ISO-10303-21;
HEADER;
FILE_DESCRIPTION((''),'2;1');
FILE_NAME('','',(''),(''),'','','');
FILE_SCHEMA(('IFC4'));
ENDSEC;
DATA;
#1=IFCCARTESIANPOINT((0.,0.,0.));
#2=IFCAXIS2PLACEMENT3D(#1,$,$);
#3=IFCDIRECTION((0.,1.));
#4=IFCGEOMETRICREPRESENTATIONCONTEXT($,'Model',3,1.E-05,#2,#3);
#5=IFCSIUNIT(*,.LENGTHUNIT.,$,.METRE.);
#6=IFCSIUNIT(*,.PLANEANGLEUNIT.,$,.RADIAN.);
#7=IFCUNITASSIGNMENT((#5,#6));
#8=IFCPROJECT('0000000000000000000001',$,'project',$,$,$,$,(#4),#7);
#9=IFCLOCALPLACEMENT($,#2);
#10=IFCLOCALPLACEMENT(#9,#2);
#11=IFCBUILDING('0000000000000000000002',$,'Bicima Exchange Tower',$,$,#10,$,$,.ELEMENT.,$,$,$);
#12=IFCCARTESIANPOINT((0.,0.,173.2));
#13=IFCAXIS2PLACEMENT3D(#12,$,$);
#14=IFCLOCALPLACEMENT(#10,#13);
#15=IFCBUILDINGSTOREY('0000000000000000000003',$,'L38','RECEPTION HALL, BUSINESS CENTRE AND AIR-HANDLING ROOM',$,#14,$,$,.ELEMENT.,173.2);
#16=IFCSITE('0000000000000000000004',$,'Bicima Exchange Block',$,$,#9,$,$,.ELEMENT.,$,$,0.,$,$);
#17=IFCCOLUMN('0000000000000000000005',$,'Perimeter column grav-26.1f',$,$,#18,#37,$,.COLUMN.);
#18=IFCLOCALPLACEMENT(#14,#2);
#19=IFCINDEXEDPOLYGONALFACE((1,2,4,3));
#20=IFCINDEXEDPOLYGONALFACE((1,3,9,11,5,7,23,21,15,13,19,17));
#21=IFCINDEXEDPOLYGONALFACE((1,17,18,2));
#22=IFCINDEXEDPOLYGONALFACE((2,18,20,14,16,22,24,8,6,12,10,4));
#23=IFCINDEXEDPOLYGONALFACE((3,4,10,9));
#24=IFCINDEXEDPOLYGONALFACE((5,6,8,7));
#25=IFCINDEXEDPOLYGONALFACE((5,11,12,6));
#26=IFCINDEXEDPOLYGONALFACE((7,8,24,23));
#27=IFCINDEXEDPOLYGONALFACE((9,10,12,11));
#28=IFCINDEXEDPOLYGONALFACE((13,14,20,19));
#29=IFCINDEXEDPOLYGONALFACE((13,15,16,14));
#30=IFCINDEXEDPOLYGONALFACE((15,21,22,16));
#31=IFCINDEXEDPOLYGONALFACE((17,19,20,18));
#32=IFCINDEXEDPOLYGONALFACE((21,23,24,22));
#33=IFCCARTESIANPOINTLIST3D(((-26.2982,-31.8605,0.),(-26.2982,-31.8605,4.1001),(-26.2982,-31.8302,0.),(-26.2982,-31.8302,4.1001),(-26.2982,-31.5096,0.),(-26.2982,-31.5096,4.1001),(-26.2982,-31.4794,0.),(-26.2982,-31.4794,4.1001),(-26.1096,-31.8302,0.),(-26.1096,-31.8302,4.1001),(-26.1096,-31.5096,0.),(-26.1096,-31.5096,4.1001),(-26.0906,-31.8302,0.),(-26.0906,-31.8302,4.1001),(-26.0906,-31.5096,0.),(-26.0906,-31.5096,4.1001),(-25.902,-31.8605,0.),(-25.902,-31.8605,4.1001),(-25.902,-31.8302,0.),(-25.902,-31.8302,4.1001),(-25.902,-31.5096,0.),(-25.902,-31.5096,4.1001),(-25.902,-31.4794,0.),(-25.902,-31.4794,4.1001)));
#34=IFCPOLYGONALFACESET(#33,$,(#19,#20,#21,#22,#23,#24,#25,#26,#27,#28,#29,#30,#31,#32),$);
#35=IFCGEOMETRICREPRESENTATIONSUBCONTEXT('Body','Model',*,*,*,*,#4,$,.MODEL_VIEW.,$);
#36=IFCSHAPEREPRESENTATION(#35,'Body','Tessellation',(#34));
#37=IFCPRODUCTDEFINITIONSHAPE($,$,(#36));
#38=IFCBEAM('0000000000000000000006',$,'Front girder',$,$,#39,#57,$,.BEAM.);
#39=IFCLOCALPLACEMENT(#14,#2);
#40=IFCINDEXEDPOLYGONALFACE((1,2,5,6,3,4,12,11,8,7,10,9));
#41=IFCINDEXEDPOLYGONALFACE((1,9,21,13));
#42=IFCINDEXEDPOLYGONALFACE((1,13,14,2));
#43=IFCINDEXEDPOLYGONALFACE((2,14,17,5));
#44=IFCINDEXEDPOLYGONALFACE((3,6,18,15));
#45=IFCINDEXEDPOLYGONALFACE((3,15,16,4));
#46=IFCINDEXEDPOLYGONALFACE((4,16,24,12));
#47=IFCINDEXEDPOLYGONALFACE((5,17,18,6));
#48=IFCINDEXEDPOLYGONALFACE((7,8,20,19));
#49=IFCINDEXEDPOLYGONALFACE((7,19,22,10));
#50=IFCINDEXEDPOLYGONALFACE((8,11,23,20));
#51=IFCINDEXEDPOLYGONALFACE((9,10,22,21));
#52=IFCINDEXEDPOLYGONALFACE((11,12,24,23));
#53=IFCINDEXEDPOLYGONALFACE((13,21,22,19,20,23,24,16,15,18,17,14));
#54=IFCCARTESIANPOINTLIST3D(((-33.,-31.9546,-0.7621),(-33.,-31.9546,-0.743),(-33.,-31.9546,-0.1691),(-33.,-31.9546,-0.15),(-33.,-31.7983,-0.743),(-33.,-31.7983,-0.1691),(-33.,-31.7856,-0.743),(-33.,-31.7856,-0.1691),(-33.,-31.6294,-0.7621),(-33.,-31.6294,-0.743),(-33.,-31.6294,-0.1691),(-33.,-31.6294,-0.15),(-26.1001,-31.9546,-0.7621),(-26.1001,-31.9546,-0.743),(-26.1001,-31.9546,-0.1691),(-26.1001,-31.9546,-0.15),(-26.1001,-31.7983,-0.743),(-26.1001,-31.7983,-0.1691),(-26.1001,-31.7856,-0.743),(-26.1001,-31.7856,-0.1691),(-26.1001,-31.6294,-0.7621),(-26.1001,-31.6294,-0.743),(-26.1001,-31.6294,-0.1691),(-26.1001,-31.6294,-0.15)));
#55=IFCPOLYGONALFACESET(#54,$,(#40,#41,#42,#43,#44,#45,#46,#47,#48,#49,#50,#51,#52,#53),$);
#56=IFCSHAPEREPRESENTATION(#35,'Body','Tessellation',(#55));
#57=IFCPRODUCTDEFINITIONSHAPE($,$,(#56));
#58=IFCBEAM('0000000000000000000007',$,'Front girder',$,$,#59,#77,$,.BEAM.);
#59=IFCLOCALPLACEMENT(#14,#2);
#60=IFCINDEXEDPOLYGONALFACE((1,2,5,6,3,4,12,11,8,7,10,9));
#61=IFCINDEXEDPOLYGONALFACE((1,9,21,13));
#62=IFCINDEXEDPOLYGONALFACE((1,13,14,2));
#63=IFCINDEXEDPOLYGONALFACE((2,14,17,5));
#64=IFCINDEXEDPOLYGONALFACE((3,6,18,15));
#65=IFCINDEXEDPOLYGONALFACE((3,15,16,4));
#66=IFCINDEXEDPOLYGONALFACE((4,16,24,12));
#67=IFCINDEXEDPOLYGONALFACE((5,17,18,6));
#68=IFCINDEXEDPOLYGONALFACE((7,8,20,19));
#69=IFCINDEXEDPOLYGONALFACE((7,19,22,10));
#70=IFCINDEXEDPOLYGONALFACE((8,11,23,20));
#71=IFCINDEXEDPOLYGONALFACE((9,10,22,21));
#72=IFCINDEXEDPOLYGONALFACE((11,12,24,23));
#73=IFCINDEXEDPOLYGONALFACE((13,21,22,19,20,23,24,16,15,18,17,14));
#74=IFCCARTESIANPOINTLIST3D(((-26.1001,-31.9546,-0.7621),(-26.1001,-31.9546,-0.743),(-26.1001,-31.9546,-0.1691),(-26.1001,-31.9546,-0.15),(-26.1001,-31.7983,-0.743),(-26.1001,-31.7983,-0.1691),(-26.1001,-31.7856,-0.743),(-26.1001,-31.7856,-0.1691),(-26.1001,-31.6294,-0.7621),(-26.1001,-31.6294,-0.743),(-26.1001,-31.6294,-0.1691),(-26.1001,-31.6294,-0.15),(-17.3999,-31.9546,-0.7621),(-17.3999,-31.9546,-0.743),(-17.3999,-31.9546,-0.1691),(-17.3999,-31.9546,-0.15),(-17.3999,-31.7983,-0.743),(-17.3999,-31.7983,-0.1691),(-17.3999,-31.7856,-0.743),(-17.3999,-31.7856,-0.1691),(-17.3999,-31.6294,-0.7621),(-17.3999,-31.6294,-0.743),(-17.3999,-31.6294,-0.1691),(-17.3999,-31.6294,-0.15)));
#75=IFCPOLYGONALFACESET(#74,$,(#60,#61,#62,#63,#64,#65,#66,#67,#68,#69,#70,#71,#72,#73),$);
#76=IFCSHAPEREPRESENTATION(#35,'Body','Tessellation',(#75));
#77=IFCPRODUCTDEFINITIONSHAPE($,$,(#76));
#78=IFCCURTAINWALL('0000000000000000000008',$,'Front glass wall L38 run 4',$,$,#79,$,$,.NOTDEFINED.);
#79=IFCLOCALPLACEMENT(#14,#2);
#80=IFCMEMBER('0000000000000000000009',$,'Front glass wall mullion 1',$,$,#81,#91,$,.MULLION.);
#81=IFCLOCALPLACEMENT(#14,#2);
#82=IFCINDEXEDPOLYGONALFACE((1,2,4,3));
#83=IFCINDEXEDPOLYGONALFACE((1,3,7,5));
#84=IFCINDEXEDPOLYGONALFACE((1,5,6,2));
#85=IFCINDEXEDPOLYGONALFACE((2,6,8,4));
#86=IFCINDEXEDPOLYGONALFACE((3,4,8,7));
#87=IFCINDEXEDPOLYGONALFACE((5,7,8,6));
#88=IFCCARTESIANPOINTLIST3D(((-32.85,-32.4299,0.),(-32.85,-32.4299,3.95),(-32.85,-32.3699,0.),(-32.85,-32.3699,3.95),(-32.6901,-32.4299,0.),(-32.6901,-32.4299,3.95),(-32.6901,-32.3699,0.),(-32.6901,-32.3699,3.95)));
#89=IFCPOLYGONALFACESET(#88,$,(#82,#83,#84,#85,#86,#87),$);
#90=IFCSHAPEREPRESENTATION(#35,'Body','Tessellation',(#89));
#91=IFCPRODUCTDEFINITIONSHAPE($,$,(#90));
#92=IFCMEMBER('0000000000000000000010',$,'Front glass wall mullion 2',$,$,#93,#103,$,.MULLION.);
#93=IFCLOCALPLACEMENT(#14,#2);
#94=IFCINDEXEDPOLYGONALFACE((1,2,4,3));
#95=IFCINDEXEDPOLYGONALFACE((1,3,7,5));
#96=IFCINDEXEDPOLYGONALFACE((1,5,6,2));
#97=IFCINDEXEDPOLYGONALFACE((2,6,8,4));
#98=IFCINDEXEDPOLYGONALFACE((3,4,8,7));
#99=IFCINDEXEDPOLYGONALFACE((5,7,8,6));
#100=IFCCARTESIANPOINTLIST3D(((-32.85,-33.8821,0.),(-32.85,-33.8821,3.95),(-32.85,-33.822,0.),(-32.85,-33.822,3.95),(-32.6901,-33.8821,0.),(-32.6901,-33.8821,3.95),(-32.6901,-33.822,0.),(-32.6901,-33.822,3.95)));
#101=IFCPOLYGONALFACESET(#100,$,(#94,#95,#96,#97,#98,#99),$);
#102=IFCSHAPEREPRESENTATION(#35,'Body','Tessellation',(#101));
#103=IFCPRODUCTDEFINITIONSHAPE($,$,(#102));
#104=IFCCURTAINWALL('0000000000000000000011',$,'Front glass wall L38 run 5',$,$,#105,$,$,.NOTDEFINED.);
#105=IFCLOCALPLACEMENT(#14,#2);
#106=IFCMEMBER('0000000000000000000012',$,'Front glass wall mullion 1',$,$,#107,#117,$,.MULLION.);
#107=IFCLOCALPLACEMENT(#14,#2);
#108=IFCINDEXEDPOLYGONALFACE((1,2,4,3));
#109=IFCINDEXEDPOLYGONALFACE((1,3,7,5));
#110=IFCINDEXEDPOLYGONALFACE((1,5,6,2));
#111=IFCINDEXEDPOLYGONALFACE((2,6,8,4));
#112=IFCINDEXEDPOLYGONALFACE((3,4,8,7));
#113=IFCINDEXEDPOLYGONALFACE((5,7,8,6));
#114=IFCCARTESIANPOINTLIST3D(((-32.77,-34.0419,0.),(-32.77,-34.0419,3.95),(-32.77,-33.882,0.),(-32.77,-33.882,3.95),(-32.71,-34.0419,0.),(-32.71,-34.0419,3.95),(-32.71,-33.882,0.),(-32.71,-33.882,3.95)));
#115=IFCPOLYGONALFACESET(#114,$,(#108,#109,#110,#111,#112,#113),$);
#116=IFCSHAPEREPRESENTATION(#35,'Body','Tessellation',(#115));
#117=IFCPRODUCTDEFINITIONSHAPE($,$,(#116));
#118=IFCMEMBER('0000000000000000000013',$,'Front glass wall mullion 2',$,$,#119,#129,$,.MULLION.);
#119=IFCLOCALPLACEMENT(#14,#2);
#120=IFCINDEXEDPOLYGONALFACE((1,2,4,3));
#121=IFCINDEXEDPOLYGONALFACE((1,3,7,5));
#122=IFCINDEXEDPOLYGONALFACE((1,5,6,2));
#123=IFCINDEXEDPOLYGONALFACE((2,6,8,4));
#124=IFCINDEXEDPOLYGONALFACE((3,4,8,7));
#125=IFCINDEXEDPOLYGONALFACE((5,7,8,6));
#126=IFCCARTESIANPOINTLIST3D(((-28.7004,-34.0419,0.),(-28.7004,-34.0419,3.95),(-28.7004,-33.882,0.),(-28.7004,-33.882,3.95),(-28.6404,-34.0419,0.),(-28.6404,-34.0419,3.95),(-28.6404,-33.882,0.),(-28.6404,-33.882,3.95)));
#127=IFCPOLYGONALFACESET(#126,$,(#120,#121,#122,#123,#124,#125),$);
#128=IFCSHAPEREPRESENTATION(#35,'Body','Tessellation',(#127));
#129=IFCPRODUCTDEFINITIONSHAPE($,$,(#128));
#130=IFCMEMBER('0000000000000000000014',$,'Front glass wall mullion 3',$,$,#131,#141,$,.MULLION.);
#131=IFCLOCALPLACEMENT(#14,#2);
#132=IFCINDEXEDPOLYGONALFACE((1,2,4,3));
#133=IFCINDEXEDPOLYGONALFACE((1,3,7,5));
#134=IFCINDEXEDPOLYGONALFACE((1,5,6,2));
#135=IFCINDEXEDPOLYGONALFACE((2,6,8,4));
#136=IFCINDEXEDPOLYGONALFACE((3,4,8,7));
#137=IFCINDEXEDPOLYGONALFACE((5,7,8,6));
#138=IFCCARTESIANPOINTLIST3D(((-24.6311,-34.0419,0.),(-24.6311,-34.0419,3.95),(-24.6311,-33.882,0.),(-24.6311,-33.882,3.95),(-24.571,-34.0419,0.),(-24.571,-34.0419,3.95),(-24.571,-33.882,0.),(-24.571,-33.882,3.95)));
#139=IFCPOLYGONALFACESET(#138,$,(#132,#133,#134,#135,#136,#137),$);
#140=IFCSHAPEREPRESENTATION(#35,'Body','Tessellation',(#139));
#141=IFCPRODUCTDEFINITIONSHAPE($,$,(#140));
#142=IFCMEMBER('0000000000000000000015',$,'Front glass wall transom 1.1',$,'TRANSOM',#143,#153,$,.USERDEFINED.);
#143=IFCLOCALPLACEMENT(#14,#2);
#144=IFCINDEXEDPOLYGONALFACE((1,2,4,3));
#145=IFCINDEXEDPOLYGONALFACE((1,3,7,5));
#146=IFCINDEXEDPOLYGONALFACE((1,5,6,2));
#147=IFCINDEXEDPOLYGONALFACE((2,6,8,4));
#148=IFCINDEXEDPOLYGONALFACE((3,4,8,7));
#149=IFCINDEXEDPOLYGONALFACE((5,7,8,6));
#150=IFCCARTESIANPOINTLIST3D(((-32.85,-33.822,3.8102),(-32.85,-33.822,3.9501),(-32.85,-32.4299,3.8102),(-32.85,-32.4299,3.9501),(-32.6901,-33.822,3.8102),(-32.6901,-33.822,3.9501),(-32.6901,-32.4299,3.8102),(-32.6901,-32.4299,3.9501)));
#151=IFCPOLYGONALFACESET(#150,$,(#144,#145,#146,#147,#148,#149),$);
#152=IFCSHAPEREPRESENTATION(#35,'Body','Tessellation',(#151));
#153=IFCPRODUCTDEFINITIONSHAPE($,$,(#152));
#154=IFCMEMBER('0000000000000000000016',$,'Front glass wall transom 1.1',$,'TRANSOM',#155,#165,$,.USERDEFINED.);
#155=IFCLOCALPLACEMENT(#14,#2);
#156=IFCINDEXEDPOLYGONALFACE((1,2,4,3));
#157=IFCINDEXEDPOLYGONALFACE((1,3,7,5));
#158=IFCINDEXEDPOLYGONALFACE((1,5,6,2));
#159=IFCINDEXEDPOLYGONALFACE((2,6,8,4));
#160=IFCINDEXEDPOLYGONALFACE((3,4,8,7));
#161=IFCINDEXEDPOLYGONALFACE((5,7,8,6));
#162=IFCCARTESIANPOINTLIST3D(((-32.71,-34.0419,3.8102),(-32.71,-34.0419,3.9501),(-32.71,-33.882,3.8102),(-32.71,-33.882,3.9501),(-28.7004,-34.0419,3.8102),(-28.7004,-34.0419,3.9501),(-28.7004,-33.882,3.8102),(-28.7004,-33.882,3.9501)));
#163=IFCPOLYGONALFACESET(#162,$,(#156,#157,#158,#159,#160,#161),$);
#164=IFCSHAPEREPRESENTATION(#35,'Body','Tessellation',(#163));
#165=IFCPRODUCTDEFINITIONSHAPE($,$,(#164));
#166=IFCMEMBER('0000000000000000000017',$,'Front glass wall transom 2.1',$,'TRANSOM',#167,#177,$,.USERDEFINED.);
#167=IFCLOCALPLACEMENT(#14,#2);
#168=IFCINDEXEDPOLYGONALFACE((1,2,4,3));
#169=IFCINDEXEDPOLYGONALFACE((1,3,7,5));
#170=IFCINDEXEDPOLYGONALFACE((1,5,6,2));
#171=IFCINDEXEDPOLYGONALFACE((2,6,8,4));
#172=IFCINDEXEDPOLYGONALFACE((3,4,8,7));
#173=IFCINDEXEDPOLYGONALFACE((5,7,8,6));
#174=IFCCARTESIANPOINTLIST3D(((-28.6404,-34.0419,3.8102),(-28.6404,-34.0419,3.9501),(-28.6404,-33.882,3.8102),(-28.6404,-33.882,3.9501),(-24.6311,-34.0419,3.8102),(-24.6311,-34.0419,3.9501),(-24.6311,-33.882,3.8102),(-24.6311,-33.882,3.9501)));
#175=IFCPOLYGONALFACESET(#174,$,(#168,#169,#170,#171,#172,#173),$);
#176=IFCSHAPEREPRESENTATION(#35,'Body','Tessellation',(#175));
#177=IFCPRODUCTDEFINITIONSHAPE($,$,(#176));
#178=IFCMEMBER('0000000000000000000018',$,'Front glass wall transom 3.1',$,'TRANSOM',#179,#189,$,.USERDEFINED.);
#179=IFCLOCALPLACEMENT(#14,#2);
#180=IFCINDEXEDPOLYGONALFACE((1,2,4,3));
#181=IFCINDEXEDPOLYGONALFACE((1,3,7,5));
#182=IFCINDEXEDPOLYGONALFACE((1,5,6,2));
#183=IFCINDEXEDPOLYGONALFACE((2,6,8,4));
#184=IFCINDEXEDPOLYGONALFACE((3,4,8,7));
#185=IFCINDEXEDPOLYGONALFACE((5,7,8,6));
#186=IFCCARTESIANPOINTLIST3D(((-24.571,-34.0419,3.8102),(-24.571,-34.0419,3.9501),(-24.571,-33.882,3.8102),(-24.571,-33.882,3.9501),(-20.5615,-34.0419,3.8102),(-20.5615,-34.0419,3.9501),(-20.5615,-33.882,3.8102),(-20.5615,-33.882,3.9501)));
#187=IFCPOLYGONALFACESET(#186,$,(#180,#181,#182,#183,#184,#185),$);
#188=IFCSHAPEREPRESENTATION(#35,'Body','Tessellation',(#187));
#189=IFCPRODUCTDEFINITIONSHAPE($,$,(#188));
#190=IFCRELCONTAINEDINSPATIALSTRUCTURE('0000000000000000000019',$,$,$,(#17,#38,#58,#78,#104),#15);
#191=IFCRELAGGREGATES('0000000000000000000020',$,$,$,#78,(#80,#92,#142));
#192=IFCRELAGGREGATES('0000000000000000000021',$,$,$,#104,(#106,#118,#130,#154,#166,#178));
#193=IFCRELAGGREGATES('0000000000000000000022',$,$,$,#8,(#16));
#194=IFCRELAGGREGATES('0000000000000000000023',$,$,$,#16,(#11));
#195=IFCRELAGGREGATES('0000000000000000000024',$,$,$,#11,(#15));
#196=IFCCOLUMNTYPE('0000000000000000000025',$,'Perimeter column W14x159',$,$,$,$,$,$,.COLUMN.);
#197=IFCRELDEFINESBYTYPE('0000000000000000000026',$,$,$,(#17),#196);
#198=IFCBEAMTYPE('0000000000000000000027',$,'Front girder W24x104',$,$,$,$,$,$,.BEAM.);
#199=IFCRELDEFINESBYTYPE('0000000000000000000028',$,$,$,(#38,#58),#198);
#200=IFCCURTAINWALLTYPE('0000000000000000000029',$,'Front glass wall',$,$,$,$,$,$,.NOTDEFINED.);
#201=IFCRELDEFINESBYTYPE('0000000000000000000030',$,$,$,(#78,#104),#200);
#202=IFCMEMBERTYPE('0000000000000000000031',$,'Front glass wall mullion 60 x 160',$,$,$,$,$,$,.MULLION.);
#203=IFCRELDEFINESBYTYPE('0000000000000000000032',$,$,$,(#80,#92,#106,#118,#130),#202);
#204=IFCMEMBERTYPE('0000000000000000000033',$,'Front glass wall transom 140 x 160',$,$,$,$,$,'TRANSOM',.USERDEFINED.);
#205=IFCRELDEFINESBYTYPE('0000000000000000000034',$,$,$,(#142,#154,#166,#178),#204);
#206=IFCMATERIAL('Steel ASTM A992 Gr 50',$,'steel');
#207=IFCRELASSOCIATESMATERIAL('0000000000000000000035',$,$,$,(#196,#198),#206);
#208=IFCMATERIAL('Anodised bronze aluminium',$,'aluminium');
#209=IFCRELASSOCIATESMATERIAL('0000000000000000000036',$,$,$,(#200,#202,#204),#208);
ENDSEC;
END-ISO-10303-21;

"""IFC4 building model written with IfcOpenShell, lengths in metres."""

from ifc_helpers import new_model, si_unit, direction, frame, origin, origin_2d, place, context, subcontext, project, spatial, rectangle, i_section, extrude, material, material_profile, profile_set, type_object, element, aggregate, save


model = new_model("IFC4")

# Units and contexts
model_context = context("Model", 3, precision=1e-05, world=origin(), true_north=direction((0.0, 1.0)))
body_context = subcontext(model_context, "Body", "Model", "MODEL_VIEW")
ifc_project = project(units=[si_unit("LENGTHUNIT", "METRE"), si_unit("PLANEANGLEUNIT", "RADIAN")], contexts=[model_context])

# Site, building, storey
site_placement = place(None, origin())
site = spatial("IfcSite", under=ifc_project, at=site_placement, Name="Bicima Exchange Block", CompositionType="ELEMENT", RefElevation=0.0)
building_placement = place(site_placement, origin())
building = spatial("IfcBuilding", under=site, at=building_placement, Name="Bicima Exchange Tower", CompositionType="ELEMENT")
storey_placement = place(building_placement, frame((0.0, 0.0, 173.2)))
storey = spatial("IfcBuildingStorey", under=building, at=storey_placement, Name="L38", Description="RECEPTION HALL, BUSINESS CENTRE AND AIR-HANDLING ROOM", CompositionType="ELEMENT", Elevation=173.2)

# Column
ifc_material_1 = material(Name="Steel ASTM A992 Gr 50", Category="steel")
ifc_material_profile_1 = material_profile(ifc_material_1, i_section(OverallWidth=0.3962, OverallDepth=0.3811, WebThickness=0.019, FlangeThickness=0.0303, at=origin_2d()))
ifc_profile_set_1 = profile_set([ifc_material_profile_1], Name="Steel ASTM A992 Gr 50")
column_type = type_object("IfcColumnType", Name="Perimeter column W14x159", PredefinedType="COLUMN", material=ifc_profile_set_1)
column_placement = place(storey_placement, frame((-26.1001, -31.6699, 0.0), z_axis=(0.0, 0.0, 1.0), x_axis=(1.0, 0.0, 0.0)))
element("IfcColumn", 1, at=column_placement, inside=storey, type_object=column_type, Name="Perimeter column grav-26.1f", PredefinedType="COLUMN", context=body_context, shape_type="SweptSolid", body=[
    extrude(i_section(OverallWidth=0.3962, OverallDepth=0.3811, WebThickness=0.019, FlangeThickness=0.0303, at=origin_2d()), origin(), (0.0, 0.0, 1.0), 4.1001),
])

# Beams
ifc_material_profile_2 = material_profile(ifc_material_1, i_section(OverallWidth=0.3252, OverallDepth=0.6121, WebThickness=0.0127, FlangeThickness=0.019, at=origin_2d()))
ifc_profile_set_2 = profile_set([ifc_material_profile_2], Name="Steel ASTM A992 Gr 50")
beam_type = type_object("IfcBeamType", Name="Front girder W24x104", PredefinedType="BEAM", material=ifc_profile_set_2)
beam_1_placement = place(storey_placement, frame((-33.0, -31.792, -0.4561), z_axis=(1.0, 0.0, 0.0), x_axis=(0.0, 1.0, 0.0)))
element("IfcBeam", 2, at=beam_1_placement, inside=storey, type_object=beam_type, Name="Front girder", PredefinedType="BEAM", context=body_context, shape_type="SweptSolid", body=[
    extrude(i_section(OverallWidth=0.3252, OverallDepth=0.6121, WebThickness=0.0127, FlangeThickness=0.019, at=origin_2d()), origin(), (0.0, 0.0, 1.0), 6.8999),
])
beam_2_placement = place(storey_placement, frame((-26.1001, -31.792, -0.4561), z_axis=(1.0, 0.0, 0.0), x_axis=(0.0, 1.0, 0.0)))
element("IfcBeam", 3, at=beam_2_placement, inside=storey, type_object=beam_type, Name="Front girder", PredefinedType="BEAM", context=body_context, shape_type="SweptSolid", body=[
    extrude(i_section(OverallWidth=0.3252, OverallDepth=0.6121, WebThickness=0.0127, FlangeThickness=0.019, at=origin_2d()), origin(), (0.0, 0.0, 1.0), 8.7002),
])

# Curtain walls, members
ifc_material_2 = material(Name="Anodised bronze aluminium", Category="aluminium")
curtain_wall_type = type_object("IfcCurtainWallType", Name="Front glass wall", PredefinedType="NOTDEFINED", material=ifc_material_2)
curtain_wall_1_placement = place(storey_placement, origin())
curtain_wall_1 = element("IfcCurtainWall", 4, at=curtain_wall_1_placement, inside=storey, type_object=curtain_wall_type, Name="Front glass wall L38 run 4", PredefinedType="NOTDEFINED")
ifc_material_profile_3 = material_profile(ifc_material_2, rectangle(XDim=0.1599, YDim=0.0601, at=origin_2d()))
ifc_profile_set_3 = profile_set([ifc_material_profile_3], Name="Anodised bronze aluminium")
member_type_1 = type_object("IfcMemberType", Name="Front glass wall mullion 60 x 160", PredefinedType="MULLION", material=ifc_profile_set_3)
member_1_placement = place(storey_placement, frame((-32.77, -32.3999, 0.0), z_axis=(0.0, 0.0, 1.0), x_axis=(1.0, 0.0, 0.0)))
member_1 = element("IfcMember", 5, at=member_1_placement, type_object=member_type_1, Name="Front glass wall mullion 1", PredefinedType="MULLION", context=body_context, shape_type="SweptSolid", body=[
    extrude(rectangle(XDim=0.1599, YDim=0.0601, at=origin_2d()), origin(), (0.0, 0.0, 1.0), 3.95),
])
member_2_placement = place(storey_placement, frame((-32.77, -33.8521, 0.0), z_axis=(0.0, 0.0, 1.0), x_axis=(1.0, 0.0, 0.0)))
member_2 = element("IfcMember", 6, at=member_2_placement, type_object=member_type_1, Name="Front glass wall mullion 2", PredefinedType="MULLION", context=body_context, shape_type="SweptSolid", body=[
    extrude(rectangle(XDim=0.1599, YDim=0.0601, at=origin_2d()), origin(), (0.0, 0.0, 1.0), 3.95),
])
curtain_wall_2_placement = place(storey_placement, origin())
curtain_wall_2 = element("IfcCurtainWall", 7, at=curtain_wall_2_placement, inside=storey, type_object=curtain_wall_type, Name="Front glass wall L38 run 5", PredefinedType="NOTDEFINED")
member_3_placement = place(storey_placement, frame((-32.74, -33.9619, 0.0), z_axis=(0.0, 0.0, 1.0), x_axis=(0.0, 1.0, 0.0)))
member_3 = element("IfcMember", 8, at=member_3_placement, type_object=member_type_1, Name="Front glass wall mullion 1", PredefinedType="MULLION", context=body_context, shape_type="SweptSolid", body=[
    extrude(rectangle(XDim=0.1599, YDim=0.0601, at=origin_2d()), origin(), (0.0, 0.0, 1.0), 3.95),
])
member_4_placement = place(storey_placement, frame((-28.6704, -33.9619, 0.0), z_axis=(0.0, 0.0, 1.0), x_axis=(0.0, 1.0, 0.0)))
member_4 = element("IfcMember", 9, at=member_4_placement, type_object=member_type_1, Name="Front glass wall mullion 2", PredefinedType="MULLION", context=body_context, shape_type="SweptSolid", body=[
    extrude(rectangle(XDim=0.1599, YDim=0.0601, at=origin_2d()), origin(), (0.0, 0.0, 1.0), 3.95),
])
member_5_placement = place(storey_placement, frame((-24.6011, -33.9619, 0.0), z_axis=(0.0, 0.0, 1.0), x_axis=(0.0, 1.0, 0.0)))
member_5 = element("IfcMember", 10, at=member_5_placement, type_object=member_type_1, Name="Front glass wall mullion 3", PredefinedType="MULLION", context=body_context, shape_type="SweptSolid", body=[
    extrude(rectangle(XDim=0.1599, YDim=0.0601, at=origin_2d()), origin(), (0.0, 0.0, 1.0), 3.95),
])

# Members
ifc_material_profile_4 = material_profile(ifc_material_2, rectangle(XDim=0.1599, YDim=0.1399, at=origin_2d()))
ifc_profile_set_4 = profile_set([ifc_material_profile_4], Name="Anodised bronze aluminium")
member_type_2 = type_object("IfcMemberType", Name="Front glass wall transom 140 x 160", ElementType="TRANSOM", PredefinedType="USERDEFINED", material=ifc_profile_set_4)
member_6_placement = place(storey_placement, frame((-32.77, -32.4299, 3.8801), z_axis=(0.0, -1.0, 0.0), x_axis=(1.0, 0.0, 0.0)))
member_6 = element("IfcMember", 11, at=member_6_placement, type_object=member_type_2, Name="Front glass wall transom 1.1", ObjectType="TRANSOM", PredefinedType="USERDEFINED", context=body_context, shape_type="SweptSolid", body=[
    extrude(rectangle(XDim=0.1599, YDim=0.1399, at=origin_2d()), origin(), (0.0, 0.0, 1.0), 1.3921),
])
member_7_placement = place(storey_placement, frame((-32.71, -33.9619, 3.8801), z_axis=(1.0, 0.0, 0.0), x_axis=(0.0, 1.0, 0.0)))
member_7 = element("IfcMember", 12, at=member_7_placement, type_object=member_type_2, Name="Front glass wall transom 1.1", ObjectType="TRANSOM", PredefinedType="USERDEFINED", context=body_context, shape_type="SweptSolid", body=[
    extrude(rectangle(XDim=0.1599, YDim=0.1399, at=origin_2d()), origin(), (0.0, 0.0, 1.0), 4.0095),
])
member_8_placement = place(storey_placement, frame((-28.6404, -33.9619, 3.8801), z_axis=(1.0, 0.0, 0.0), x_axis=(0.0, 1.0, 0.0)))
member_8 = element("IfcMember", 13, at=member_8_placement, type_object=member_type_2, Name="Front glass wall transom 2.1", ObjectType="TRANSOM", PredefinedType="USERDEFINED", context=body_context, shape_type="SweptSolid", body=[
    extrude(rectangle(XDim=0.1599, YDim=0.1399, at=origin_2d()), origin(), (0.0, 0.0, 1.0), 4.0093),
])
member_9_placement = place(storey_placement, frame((-24.571, -33.9619, 3.8801), z_axis=(1.0, 0.0, 0.0), x_axis=(0.0, 1.0, 0.0)))
member_9 = element("IfcMember", 14, at=member_9_placement, type_object=member_type_2, Name="Front glass wall transom 3.1", ObjectType="TRANSOM", PredefinedType="USERDEFINED", context=body_context, shape_type="SweptSolid", body=[
    extrude(rectangle(XDim=0.1599, YDim=0.1399, at=origin_2d()), origin(), (0.0, 0.0, 1.0), 4.0095),
])

aggregate(curtain_wall_1, [member_1, member_2, member_6])
aggregate(curtain_wall_2, [member_3, member_4, member_5, member_7, member_8, member_9])

save(model, "model.ifc")
